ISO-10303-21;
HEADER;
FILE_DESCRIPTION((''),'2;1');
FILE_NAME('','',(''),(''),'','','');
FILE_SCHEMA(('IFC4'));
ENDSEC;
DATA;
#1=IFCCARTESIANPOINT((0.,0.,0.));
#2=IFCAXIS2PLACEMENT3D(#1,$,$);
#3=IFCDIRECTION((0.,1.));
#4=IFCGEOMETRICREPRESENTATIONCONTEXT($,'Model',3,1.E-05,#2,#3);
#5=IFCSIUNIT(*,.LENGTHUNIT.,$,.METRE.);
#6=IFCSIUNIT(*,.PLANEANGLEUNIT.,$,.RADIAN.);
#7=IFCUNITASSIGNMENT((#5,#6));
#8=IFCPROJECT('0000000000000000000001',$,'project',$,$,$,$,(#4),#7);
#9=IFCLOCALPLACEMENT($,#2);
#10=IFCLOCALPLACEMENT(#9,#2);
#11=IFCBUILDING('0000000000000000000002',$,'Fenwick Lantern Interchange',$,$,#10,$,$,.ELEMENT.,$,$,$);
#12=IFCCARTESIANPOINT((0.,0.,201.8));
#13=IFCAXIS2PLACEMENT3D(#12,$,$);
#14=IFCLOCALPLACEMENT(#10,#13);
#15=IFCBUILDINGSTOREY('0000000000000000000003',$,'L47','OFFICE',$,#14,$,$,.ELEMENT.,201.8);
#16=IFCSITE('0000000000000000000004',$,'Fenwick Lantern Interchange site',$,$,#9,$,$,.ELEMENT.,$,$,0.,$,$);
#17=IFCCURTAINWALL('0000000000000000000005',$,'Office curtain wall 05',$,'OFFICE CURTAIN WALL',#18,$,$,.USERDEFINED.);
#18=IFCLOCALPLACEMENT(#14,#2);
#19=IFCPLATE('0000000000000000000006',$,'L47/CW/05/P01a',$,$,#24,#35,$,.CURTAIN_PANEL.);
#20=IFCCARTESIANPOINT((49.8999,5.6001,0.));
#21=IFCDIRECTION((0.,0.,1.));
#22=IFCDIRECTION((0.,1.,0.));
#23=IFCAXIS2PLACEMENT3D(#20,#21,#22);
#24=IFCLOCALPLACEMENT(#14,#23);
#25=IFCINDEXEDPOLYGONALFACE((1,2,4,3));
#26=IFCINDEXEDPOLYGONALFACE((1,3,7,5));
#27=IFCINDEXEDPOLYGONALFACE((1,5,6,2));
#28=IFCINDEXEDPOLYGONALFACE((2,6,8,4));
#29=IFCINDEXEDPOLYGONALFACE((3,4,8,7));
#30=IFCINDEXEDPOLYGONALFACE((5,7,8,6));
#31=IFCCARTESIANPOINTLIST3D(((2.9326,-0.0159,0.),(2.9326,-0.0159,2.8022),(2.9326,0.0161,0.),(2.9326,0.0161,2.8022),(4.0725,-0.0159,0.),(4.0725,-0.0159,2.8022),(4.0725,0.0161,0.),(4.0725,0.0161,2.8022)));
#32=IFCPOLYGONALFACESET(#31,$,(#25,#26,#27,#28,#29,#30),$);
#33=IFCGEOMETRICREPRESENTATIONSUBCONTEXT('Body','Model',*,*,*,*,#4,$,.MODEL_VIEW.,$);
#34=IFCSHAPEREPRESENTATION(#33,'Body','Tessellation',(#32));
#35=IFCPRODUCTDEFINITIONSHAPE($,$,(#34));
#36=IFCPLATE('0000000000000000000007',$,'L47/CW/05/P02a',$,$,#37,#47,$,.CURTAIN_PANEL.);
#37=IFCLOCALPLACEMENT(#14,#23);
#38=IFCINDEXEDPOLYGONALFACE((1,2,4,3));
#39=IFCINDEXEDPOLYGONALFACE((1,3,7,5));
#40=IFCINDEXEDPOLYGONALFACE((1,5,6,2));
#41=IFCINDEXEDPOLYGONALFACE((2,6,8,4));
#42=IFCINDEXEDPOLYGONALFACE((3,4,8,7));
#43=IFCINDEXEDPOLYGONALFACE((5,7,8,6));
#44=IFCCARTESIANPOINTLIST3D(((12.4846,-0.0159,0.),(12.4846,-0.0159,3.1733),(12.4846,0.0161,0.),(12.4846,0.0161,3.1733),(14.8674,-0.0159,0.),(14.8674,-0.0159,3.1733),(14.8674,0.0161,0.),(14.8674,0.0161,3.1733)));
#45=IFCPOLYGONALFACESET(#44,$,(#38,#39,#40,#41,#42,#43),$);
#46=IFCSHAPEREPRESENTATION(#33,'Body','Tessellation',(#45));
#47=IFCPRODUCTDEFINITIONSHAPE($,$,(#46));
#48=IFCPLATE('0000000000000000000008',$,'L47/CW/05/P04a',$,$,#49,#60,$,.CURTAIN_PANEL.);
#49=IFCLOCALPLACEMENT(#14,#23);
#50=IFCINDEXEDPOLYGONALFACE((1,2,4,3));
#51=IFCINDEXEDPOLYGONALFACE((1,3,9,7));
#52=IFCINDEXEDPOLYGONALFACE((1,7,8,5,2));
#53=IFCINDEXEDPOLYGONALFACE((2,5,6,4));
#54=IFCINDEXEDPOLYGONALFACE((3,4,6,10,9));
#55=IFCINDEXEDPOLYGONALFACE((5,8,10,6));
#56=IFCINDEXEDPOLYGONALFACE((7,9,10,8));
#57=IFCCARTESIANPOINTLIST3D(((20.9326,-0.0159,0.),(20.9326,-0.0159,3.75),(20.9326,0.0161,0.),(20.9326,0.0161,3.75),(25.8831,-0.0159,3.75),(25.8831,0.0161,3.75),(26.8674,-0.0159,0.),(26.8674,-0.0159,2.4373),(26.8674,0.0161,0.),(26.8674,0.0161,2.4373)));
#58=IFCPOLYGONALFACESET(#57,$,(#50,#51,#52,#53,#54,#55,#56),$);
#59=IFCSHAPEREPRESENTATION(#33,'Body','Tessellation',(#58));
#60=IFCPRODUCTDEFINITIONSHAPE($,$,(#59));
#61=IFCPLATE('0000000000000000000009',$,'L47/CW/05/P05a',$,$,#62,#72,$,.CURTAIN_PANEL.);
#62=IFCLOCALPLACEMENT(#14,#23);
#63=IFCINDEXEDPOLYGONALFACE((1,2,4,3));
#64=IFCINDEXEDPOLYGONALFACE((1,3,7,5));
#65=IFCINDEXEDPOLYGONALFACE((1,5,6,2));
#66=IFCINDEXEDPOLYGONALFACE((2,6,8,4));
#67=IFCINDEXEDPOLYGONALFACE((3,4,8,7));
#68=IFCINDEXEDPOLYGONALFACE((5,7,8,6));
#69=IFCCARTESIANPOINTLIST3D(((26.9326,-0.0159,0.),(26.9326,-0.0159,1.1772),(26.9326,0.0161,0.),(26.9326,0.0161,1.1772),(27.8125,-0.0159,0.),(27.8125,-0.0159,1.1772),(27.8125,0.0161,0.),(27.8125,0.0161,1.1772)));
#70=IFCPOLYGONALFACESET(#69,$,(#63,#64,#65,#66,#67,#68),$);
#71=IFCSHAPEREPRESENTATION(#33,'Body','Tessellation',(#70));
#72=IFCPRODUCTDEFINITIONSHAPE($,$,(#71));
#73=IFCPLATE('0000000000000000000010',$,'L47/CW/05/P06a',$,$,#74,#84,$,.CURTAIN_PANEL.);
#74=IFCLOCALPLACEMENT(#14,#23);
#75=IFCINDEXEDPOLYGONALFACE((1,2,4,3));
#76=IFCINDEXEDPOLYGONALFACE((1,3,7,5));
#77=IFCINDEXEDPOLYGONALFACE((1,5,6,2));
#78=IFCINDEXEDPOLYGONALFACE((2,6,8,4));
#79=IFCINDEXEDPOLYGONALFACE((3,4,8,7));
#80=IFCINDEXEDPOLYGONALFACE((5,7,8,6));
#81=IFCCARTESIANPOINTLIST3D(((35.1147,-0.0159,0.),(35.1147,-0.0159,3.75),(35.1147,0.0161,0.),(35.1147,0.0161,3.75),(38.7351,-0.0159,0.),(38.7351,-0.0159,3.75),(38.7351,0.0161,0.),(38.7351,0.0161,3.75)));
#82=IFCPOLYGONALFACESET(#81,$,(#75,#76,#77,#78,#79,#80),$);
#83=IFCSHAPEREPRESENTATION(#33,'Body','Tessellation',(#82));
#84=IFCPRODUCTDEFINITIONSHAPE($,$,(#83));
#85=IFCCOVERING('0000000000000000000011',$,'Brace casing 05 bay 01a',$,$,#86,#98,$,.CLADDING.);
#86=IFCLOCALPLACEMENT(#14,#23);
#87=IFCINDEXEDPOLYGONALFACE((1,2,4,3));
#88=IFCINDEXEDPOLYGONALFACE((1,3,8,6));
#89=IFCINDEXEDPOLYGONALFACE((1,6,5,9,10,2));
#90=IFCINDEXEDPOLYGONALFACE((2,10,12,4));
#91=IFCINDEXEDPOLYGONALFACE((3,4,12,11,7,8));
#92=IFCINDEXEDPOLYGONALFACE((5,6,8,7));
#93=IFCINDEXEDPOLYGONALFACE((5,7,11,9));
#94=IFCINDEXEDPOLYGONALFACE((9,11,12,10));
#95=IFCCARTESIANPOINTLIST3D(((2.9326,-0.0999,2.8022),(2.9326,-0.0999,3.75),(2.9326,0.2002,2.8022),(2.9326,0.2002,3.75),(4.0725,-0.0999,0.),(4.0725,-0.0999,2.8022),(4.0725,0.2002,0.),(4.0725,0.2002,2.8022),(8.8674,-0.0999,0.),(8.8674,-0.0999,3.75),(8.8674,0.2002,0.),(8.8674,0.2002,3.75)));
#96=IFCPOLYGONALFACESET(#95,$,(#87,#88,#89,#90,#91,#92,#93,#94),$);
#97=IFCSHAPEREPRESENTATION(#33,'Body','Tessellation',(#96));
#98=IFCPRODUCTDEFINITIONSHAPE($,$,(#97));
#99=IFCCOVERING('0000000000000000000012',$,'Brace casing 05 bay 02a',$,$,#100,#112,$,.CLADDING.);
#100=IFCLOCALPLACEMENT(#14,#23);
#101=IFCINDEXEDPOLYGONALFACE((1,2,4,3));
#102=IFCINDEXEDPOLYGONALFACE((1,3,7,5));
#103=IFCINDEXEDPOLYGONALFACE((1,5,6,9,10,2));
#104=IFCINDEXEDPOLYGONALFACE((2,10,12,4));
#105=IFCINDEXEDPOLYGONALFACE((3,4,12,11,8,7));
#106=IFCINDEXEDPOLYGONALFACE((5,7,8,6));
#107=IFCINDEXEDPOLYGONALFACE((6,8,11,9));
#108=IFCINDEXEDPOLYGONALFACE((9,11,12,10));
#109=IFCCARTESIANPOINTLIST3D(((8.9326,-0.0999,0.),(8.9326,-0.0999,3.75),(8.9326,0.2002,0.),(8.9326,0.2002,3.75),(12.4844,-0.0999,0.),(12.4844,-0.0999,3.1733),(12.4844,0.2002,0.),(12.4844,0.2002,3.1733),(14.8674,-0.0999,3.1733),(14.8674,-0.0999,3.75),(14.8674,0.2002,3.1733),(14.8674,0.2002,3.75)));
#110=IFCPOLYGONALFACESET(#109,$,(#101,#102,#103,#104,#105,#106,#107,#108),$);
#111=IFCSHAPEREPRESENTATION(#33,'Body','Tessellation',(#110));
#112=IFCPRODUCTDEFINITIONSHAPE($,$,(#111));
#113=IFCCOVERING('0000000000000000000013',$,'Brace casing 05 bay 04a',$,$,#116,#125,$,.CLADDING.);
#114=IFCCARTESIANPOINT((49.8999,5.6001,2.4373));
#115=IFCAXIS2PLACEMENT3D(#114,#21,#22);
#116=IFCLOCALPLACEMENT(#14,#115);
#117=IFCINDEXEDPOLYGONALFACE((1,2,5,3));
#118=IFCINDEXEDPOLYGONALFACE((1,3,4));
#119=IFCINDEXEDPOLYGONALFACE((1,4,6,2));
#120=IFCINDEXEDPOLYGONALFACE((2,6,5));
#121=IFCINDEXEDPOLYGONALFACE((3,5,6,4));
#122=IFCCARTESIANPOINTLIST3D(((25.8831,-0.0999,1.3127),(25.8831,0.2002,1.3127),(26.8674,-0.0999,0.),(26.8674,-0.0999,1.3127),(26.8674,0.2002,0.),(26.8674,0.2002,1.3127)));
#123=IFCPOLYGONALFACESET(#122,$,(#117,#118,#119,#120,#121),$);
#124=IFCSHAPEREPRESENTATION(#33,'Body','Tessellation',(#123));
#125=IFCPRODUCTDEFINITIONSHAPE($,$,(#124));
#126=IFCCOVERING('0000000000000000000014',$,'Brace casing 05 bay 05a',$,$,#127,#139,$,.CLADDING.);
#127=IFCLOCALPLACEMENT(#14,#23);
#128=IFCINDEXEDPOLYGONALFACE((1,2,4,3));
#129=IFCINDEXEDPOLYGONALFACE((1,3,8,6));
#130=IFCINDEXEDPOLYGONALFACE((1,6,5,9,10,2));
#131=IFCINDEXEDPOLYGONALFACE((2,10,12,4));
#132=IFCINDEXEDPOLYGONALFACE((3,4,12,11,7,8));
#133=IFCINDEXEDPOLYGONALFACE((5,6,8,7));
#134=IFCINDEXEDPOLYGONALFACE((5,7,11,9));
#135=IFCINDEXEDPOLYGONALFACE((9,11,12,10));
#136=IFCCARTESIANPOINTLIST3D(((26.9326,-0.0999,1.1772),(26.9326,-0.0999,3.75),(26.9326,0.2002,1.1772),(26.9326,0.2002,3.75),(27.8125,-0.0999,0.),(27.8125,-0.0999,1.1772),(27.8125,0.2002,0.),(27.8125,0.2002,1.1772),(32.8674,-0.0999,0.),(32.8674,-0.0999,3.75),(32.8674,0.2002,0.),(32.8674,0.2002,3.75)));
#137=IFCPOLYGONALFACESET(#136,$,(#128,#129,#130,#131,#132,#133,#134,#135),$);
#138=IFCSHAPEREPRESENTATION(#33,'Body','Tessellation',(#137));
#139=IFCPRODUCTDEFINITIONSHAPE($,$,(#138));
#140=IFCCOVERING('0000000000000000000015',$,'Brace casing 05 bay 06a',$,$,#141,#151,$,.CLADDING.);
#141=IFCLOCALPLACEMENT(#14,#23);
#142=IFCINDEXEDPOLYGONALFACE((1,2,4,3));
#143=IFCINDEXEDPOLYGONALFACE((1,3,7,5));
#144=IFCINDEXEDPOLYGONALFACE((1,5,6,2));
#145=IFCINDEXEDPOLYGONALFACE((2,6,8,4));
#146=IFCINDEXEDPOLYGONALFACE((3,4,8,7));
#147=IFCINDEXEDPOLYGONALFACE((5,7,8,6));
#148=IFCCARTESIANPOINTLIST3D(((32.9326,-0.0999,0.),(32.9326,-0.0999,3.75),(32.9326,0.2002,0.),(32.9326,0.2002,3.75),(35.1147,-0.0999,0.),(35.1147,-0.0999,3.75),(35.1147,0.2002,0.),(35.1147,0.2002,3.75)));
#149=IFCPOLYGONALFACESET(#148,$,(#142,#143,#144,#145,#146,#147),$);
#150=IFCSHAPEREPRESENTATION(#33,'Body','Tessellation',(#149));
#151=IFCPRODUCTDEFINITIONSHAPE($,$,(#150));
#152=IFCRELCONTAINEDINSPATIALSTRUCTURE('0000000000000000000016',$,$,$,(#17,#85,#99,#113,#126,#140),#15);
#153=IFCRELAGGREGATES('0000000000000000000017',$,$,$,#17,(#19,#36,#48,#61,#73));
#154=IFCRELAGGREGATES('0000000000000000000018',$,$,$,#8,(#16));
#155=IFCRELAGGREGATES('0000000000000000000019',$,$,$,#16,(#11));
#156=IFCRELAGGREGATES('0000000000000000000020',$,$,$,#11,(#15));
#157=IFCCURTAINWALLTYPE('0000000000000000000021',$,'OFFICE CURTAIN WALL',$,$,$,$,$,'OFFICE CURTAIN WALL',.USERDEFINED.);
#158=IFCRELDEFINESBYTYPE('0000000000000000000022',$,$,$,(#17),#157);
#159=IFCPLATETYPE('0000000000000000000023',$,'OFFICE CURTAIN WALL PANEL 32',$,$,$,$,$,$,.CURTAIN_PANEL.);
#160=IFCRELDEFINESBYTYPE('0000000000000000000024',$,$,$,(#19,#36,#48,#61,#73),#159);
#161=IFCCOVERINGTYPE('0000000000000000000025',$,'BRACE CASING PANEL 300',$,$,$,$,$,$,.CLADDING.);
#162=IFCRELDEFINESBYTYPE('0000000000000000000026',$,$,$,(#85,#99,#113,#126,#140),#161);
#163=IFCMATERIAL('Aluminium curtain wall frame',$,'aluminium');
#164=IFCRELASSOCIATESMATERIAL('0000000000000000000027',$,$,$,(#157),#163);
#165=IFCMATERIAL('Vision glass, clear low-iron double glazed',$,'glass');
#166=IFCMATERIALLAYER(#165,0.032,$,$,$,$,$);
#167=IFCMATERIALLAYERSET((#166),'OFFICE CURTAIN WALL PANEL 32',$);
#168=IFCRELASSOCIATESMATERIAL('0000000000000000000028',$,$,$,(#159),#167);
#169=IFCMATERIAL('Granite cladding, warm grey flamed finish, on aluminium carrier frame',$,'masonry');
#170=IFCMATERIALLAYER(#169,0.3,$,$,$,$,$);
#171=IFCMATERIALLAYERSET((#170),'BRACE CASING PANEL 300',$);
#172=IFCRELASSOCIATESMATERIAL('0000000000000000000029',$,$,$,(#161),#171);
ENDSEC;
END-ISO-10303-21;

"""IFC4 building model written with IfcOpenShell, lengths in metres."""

from ifc_helpers import new_model, si_unit, direction, frame, origin, place, context, subcontext, project, spatial, polyline, outline, extrude, material, layer, layer_set, type_object, element, aggregate, save


model = new_model("IFC4")

# Units and contexts
model_context = context("Model", 3, precision=1e-05, world=origin(), true_north=direction((0.0, 1.0)))
body_context = subcontext(model_context, "Body", "Model", "MODEL_VIEW")
ifc_project = project(units=[si_unit("LENGTHUNIT", "METRE"), si_unit("PLANEANGLEUNIT", "RADIAN")], contexts=[model_context])

# Site, building, storey
site_placement = place(None, origin())
site = spatial("IfcSite", under=ifc_project, at=site_placement, Name="Fenwick Lantern Interchange site", CompositionType="ELEMENT", RefElevation=0.0)
building_placement = place(site_placement, origin())
building = spatial("IfcBuilding", under=site, at=building_placement, Name="Fenwick Lantern Interchange", CompositionType="ELEMENT")
storey_placement = place(building_placement, frame((0.0, 0.0, 201.8)))
storey = spatial("IfcBuildingStorey", under=building, at=storey_placement, Name="L47", Description="OFFICE", CompositionType="ELEMENT", Elevation=201.8)

# Shared definitions
ifc_material_1 = material(Name="Aluminium curtain wall frame", Category="aluminium")
curtain_wall_type = type_object("IfcCurtainWallType", Name="OFFICE CURTAIN WALL", ElementType="OFFICE CURTAIN WALL", PredefinedType="USERDEFINED", material=ifc_material_1)

# Shared definitions
ifc_material_2 = material(Name="Vision glass, clear low-iron double glazed", Category="glass")
ifc_layer_1 = layer(ifc_material_2, 0.032)
ifc_layer_set_1 = layer_set([ifc_layer_1], Name="OFFICE CURTAIN WALL PANEL 32")
plate_type = type_object("IfcPlateType", Name="OFFICE CURTAIN WALL PANEL 32", PredefinedType="CURTAIN_PANEL", material=ifc_layer_set_1)

# Curtain wall, plates
curtain_wall_1_placement = place(storey_placement, origin())
curtain_wall_1 = element("IfcCurtainWall", 1, at=curtain_wall_1_placement, inside=storey, type_object=curtain_wall_type, Name="Office curtain wall 05", ObjectType="OFFICE CURTAIN WALL", PredefinedType="USERDEFINED")
plate_1_placement = place(storey_placement, frame((49.8999, 5.6001, 0.0), z_axis=(0.0, 0.0, 1.0), x_axis=(0.0, 1.0, 0.0)))
plate_1 = element("IfcPlate", 2, at=plate_1_placement, type_object=plate_type, Name="L47/CW/05/P01a", PredefinedType="CURTAIN_PANEL", context=body_context, shape_type="SweptSolid", body=[
    extrude(outline(polyline([(2.9326, 0.0), (4.0725, 0.0), (4.0725, 2.8022), (2.9326, 2.8022), (2.9326, 0.0)])), frame((0.0, 0.0161, 0.0), z_axis=(0.0, -1.0, 0.0), x_axis=(1.0, 0.0, 0.0)), (0.0, 0.0, 1.0), 0.032),
])
plate_2_placement = place(storey_placement, frame((49.8999, 5.6001, 0.0), z_axis=(0.0, 0.0, 1.0), x_axis=(0.0, 1.0, 0.0)))
plate_2 = element("IfcPlate", 3, at=plate_2_placement, type_object=plate_type, Name="L47/CW/05/P02a", PredefinedType="CURTAIN_PANEL", context=body_context, shape_type="SweptSolid", body=[
    extrude(outline(polyline([(12.4846, 0.0), (14.8674, 0.0), (14.8674, 3.1733), (12.4846, 3.1733), (12.4846, 0.0)])), frame((0.0, 0.0161, 0.0), z_axis=(0.0, -1.0, 0.0), x_axis=(1.0, 0.0, 0.0)), (0.0, 0.0, 1.0), 0.032),
])
plate_3_placement = place(storey_placement, frame((49.8999, 5.6001, 0.0), z_axis=(0.0, 0.0, 1.0), x_axis=(0.0, 1.0, 0.0)))
plate_3 = element("IfcPlate", 4, at=plate_3_placement, type_object=plate_type, Name="L47/CW/05/P04a", PredefinedType="CURTAIN_PANEL", context=body_context, shape_type="SweptSolid", body=[
    extrude(outline(polyline([(20.9326, 0.0), (26.8674, 0.0), (26.8674, 2.4373), (25.8831, 3.75), (20.9326, 3.75), (20.9326, 0.0)])), frame((0.0, 0.0161, 0.0), z_axis=(0.0, -1.0, 0.0), x_axis=(1.0, 0.0, 0.0)), (0.0, 0.0, 1.0), 0.032),
])
plate_4_placement = place(storey_placement, frame((49.8999, 5.6001, 0.0), z_axis=(0.0, 0.0, 1.0), x_axis=(0.0, 1.0, 0.0)))
plate_4 = element("IfcPlate", 5, at=plate_4_placement, type_object=plate_type, Name="L47/CW/05/P05a", PredefinedType="CURTAIN_PANEL", context=body_context, shape_type="SweptSolid", body=[
    extrude(outline(polyline([(26.9326, 0.0), (27.8125, 0.0), (27.8125, 1.1772), (26.9326, 1.1772), (26.9326, 0.0)])), frame((0.0, 0.0161, 0.0), z_axis=(0.0, -1.0, 0.0), x_axis=(1.0, 0.0, 0.0)), (0.0, 0.0, 1.0), 0.032),
])
plate_5_placement = place(storey_placement, frame((49.8999, 5.6001, 0.0), z_axis=(0.0, 0.0, 1.0), x_axis=(0.0, 1.0, 0.0)))
plate_5 = element("IfcPlate", 6, at=plate_5_placement, type_object=plate_type, Name="L47/CW/05/P06a", PredefinedType="CURTAIN_PANEL", context=body_context, shape_type="SweptSolid", body=[
    extrude(outline(polyline([(35.1147, 0.0), (38.7351, 0.0), (38.7351, 3.75), (35.1147, 3.75), (35.1147, 0.0)])), frame((0.0, 0.0161, 0.0), z_axis=(0.0, -1.0, 0.0), x_axis=(1.0, 0.0, 0.0)), (0.0, 0.0, 1.0), 0.032),
])
aggregate(curtain_wall_1, [plate_1, plate_2, plate_3, plate_4, plate_5])

# Coverings
ifc_material_3 = material(Name="Granite cladding, warm grey flamed finish, on aluminium carrier frame", Category="masonry")
ifc_layer_2 = layer(ifc_material_3, 0.3)
ifc_layer_set_2 = layer_set([ifc_layer_2], Name="BRACE CASING PANEL 300")
covering_type = type_object("IfcCoveringType", Name="BRACE CASING PANEL 300", PredefinedType="CLADDING", material=ifc_layer_set_2)
covering_1_placement = place(storey_placement, frame((49.8999, 5.6001, 0.0), z_axis=(0.0, 0.0, 1.0), x_axis=(0.0, 1.0, 0.0)))
element("IfcCovering", 7, at=covering_1_placement, inside=storey, type_object=covering_type, Name="Brace casing 05 bay 01a", PredefinedType="CLADDING", context=body_context, shape_type="SweptSolid", body=[
    extrude(outline(polyline([(4.0725, 0.0), (8.8674, 0.0), (8.8674, 3.75), (2.9326, 3.75), (2.9326, 2.8022), (4.0725, 2.8022), (4.0725, 0.0)])), frame((0.0, 0.2002, 0.0), z_axis=(0.0, -1.0, 0.0), x_axis=(1.0, 0.0, 0.0)), (0.0, 0.0, 1.0), 0.3),
])
covering_2_placement = place(storey_placement, frame((49.8999, 5.6001, 0.0), z_axis=(0.0, 0.0, 1.0), x_axis=(0.0, 1.0, 0.0)))
element("IfcCovering", 8, at=covering_2_placement, inside=storey, type_object=covering_type, Name="Brace casing 05 bay 02a", PredefinedType="CLADDING", context=body_context, shape_type="SweptSolid", body=[
    extrude(outline(polyline([(8.9326, 0.0), (12.4844, 0.0), (12.4844, 3.1733), (14.8674, 3.1733), (14.8674, 3.75), (8.9326, 3.75), (8.9326, 0.0)])), frame((0.0, 0.2002, 0.0), z_axis=(0.0, -1.0, 0.0), x_axis=(1.0, 0.0, 0.0)), (0.0, 0.0, 1.0), 0.3),
])
covering_3_placement = place(storey_placement, frame((49.8999, 5.6001, 2.4373), z_axis=(0.0, 0.0, 1.0), x_axis=(0.0, 1.0, 0.0)))
element("IfcCovering", 9, at=covering_3_placement, inside=storey, type_object=covering_type, Name="Brace casing 05 bay 04a", PredefinedType="CLADDING", context=body_context, shape_type="SweptSolid", body=[
    extrude(outline(polyline([(26.8674, 0.0), (26.8674, 1.3127), (25.8831, 1.3127), (26.8674, 0.0)])), frame((0.0, 0.2002, 0.0), z_axis=(0.0, -1.0, 0.0), x_axis=(1.0, 0.0, 0.0)), (0.0, 0.0, 1.0), 0.3),
])
covering_4_placement = place(storey_placement, frame((49.8999, 5.6001, 0.0), z_axis=(0.0, 0.0, 1.0), x_axis=(0.0, 1.0, 0.0)))
element("IfcCovering", 10, at=covering_4_placement, inside=storey, type_object=covering_type, Name="Brace casing 05 bay 05a", PredefinedType="CLADDING", context=body_context, shape_type="SweptSolid", body=[
    extrude(outline(polyline([(27.8125, 0.0), (32.8674, 0.0), (32.8674, 3.75), (26.9326, 3.75), (26.9326, 1.1772), (27.8125, 1.1772), (27.8125, 0.0)])), frame((0.0, 0.2002, 0.0), z_axis=(0.0, -1.0, 0.0), x_axis=(1.0, 0.0, 0.0)), (0.0, 0.0, 1.0), 0.3),
])
covering_5_placement = place(storey_placement, frame((49.8999, 5.6001, 0.0), z_axis=(0.0, 0.0, 1.0), x_axis=(0.0, 1.0, 0.0)))
element("IfcCovering", 11, at=covering_5_placement, inside=storey, type_object=covering_type, Name="Brace casing 05 bay 06a", PredefinedType="CLADDING", context=body_context, shape_type="SweptSolid", body=[
    extrude(outline(polyline([(32.9326, 0.0), (35.1147, 0.0), (35.1147, 3.75), (32.9326, 3.75), (32.9326, 0.0)])), frame((0.0, 0.2002, 0.0), z_axis=(0.0, -1.0, 0.0), x_axis=(1.0, 0.0, 0.0)), (0.0, 0.0, 1.0), 0.3),
])

save(model, "model.ifc")
